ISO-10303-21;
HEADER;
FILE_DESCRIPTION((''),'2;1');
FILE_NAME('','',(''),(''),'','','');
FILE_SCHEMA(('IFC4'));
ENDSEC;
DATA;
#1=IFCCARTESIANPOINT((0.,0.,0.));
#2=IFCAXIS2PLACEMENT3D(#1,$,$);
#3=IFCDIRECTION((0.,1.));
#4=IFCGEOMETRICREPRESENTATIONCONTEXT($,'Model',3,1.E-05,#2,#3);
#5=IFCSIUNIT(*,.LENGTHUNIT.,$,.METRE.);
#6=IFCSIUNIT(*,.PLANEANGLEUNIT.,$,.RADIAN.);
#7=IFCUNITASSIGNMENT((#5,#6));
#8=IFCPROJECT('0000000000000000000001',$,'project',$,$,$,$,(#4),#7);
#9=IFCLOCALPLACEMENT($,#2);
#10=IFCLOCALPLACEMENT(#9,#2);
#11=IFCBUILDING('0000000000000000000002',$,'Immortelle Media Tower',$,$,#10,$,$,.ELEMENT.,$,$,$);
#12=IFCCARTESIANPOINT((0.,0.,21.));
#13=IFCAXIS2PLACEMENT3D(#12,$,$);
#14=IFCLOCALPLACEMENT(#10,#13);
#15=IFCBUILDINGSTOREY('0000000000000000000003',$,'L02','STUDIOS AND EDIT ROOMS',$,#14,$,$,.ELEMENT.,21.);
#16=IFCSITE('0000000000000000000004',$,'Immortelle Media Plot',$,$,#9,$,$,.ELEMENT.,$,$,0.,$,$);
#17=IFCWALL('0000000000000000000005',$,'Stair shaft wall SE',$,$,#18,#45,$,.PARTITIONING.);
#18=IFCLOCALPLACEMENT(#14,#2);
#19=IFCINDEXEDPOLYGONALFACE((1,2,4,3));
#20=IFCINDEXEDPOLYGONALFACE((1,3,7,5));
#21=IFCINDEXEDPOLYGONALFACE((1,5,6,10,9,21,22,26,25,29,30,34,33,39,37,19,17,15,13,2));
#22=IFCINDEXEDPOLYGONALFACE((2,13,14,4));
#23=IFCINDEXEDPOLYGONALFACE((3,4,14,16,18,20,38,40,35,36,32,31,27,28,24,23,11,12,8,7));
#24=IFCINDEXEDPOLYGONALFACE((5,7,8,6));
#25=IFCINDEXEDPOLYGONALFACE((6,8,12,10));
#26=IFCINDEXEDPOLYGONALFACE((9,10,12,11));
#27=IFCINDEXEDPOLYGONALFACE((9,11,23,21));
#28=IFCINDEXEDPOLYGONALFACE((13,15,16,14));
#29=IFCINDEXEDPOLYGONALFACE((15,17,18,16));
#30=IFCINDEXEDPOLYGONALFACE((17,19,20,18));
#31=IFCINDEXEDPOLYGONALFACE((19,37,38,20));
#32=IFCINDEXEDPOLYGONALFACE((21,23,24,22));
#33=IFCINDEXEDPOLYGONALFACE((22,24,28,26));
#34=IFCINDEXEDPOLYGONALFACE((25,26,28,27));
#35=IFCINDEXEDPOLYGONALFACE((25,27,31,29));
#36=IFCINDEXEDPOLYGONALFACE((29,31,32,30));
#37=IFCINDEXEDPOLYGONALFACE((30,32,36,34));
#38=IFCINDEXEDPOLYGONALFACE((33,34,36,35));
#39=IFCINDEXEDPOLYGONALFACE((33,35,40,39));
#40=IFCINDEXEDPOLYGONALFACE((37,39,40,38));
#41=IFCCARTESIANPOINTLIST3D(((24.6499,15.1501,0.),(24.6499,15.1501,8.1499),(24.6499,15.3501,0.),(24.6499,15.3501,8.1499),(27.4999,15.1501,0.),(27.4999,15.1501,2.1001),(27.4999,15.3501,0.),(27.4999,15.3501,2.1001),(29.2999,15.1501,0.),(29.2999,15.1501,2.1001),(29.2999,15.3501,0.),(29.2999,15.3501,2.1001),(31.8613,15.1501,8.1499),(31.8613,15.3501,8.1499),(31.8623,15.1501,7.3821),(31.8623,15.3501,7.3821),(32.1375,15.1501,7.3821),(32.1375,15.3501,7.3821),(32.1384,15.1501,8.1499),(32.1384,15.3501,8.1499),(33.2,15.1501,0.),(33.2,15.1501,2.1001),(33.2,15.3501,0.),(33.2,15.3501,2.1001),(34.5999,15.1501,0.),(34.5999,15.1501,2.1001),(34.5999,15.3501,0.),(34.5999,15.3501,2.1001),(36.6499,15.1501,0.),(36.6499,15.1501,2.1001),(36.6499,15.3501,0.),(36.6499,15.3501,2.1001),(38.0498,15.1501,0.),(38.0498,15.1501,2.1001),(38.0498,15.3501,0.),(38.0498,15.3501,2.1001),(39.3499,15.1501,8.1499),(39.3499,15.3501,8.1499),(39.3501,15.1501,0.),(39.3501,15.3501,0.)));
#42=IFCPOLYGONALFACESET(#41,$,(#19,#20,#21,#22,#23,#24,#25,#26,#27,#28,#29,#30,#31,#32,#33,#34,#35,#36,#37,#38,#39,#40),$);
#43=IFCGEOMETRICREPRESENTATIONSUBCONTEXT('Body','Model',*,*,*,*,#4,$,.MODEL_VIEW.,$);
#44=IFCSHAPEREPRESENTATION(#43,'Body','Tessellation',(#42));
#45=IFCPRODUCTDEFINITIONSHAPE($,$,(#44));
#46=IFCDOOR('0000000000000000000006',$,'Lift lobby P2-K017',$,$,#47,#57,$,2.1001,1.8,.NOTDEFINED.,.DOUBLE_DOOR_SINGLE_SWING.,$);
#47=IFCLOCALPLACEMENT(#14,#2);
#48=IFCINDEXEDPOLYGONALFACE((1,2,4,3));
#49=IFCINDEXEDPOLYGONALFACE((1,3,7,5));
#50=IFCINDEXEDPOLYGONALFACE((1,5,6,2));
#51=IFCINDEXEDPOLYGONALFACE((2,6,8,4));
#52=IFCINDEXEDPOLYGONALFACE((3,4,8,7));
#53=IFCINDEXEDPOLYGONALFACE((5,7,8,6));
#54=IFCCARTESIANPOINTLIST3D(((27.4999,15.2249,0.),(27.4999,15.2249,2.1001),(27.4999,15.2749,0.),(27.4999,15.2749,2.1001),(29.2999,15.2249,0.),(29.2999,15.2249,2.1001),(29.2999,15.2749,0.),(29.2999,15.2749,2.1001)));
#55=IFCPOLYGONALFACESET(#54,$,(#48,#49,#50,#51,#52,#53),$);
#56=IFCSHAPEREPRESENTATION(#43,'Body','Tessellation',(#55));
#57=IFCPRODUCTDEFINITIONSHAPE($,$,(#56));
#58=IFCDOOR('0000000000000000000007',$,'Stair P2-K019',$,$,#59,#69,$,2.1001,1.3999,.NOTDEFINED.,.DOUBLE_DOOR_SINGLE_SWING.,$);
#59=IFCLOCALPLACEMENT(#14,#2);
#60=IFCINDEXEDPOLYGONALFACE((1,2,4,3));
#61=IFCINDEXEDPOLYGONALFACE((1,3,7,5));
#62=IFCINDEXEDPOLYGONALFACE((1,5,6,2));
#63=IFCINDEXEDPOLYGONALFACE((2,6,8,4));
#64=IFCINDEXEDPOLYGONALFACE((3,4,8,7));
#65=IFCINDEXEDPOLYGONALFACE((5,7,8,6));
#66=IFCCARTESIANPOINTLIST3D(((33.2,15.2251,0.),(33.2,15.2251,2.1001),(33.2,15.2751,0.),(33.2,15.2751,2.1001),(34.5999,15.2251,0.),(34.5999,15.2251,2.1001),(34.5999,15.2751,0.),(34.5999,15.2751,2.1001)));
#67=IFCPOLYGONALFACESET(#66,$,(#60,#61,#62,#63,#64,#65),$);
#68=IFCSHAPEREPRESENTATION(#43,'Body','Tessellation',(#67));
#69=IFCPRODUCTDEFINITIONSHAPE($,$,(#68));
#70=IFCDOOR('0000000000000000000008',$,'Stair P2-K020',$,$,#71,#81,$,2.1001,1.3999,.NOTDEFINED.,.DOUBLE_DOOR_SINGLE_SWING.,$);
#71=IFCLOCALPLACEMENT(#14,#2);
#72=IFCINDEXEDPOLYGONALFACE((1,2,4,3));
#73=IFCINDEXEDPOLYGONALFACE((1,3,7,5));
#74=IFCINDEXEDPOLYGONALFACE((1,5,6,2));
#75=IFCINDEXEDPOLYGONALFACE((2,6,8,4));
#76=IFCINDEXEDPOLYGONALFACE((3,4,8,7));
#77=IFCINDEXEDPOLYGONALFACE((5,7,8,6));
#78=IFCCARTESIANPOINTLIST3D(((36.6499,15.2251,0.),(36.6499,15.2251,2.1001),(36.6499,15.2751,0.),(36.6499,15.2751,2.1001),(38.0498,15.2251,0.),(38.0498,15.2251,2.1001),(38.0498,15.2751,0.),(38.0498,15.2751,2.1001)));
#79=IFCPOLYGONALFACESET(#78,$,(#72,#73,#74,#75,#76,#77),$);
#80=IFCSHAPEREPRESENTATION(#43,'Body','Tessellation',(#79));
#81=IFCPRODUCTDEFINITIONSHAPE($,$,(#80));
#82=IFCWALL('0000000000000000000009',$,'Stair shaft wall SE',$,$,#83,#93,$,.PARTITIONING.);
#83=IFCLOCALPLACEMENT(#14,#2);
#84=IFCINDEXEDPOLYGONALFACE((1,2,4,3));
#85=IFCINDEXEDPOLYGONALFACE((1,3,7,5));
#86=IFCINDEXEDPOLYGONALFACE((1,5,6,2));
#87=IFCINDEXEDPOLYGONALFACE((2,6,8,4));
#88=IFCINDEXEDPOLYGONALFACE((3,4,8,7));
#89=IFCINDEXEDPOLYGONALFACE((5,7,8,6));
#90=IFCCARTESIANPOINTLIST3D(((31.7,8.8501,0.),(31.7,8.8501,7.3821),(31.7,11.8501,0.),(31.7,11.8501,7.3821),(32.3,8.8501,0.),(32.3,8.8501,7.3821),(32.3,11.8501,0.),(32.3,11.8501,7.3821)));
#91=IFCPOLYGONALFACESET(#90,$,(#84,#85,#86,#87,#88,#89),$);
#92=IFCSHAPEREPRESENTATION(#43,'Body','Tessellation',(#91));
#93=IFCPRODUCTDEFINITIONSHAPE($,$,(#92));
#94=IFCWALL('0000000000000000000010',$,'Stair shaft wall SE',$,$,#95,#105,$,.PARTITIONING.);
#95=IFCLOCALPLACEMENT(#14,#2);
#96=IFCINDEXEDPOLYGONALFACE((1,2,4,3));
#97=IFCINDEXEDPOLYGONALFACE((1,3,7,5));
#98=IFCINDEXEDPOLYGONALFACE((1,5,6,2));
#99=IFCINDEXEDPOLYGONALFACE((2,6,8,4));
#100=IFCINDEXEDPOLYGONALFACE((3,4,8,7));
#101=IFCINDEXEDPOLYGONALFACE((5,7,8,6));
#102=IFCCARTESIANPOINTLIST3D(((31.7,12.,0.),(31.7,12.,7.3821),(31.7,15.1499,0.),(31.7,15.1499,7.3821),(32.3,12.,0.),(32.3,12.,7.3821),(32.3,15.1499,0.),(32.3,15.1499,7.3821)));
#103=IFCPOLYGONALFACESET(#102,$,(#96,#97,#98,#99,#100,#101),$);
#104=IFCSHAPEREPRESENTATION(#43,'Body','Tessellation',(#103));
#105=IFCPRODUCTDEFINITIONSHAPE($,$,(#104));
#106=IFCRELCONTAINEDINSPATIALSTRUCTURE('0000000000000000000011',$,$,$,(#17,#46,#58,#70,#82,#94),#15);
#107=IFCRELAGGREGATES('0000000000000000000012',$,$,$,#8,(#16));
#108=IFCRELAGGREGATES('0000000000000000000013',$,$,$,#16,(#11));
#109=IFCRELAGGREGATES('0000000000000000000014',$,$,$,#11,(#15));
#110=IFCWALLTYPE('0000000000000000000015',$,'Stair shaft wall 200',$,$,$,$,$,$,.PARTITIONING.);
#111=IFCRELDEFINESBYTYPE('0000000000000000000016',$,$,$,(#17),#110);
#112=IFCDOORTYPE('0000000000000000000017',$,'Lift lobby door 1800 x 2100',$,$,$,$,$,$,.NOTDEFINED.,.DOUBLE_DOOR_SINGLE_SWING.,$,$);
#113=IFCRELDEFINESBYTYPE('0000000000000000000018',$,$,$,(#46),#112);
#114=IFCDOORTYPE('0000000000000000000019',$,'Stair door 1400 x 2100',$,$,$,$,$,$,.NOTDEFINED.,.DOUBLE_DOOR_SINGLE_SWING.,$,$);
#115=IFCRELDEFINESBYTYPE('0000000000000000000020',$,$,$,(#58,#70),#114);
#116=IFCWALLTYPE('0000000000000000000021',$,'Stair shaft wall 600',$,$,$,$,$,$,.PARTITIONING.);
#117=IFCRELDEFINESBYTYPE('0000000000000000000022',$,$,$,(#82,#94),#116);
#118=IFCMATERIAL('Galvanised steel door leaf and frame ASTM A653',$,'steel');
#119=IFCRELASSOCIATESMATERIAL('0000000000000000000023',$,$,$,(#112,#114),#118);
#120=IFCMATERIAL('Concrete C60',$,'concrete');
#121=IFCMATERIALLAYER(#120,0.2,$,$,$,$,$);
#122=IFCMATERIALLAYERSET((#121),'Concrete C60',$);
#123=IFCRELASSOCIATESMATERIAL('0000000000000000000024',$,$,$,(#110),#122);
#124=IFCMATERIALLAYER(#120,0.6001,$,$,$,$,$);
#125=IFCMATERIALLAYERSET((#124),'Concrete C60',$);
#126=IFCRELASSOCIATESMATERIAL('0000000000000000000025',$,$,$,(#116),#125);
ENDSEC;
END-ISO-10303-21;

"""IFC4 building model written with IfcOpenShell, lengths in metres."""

from ifc_helpers import new_model, si_unit, direction, frame, frame_2d, origin, place, context, subcontext, project, spatial, polyline, rectangle, outline, extrude, material, layer, layer_set, type_object, element, fill, save


model = new_model("IFC4")

# Units and contexts
model_context = context("Model", 3, precision=1e-05, world=origin(), true_north=direction((0.0, 1.0)))
body_context = subcontext(model_context, "Body", "Model", "MODEL_VIEW")
ifc_project = project(units=[si_unit("LENGTHUNIT", "METRE"), si_unit("PLANEANGLEUNIT", "RADIAN")], contexts=[model_context])

# Site, building, storey
site_placement = place(None, origin())
site = spatial("IfcSite", under=ifc_project, at=site_placement, Name="Immortelle Media Plot", CompositionType="ELEMENT", RefElevation=0.0)
building_placement = place(site_placement, origin())
building = spatial("IfcBuilding", under=site, at=building_placement, Name="Immortelle Media Tower", CompositionType="ELEMENT")
storey_placement = place(building_placement, frame((0.0, 0.0, 21.0)))
storey = spatial("IfcBuildingStorey", under=building, at=storey_placement, Name="L02", Description="STUDIOS AND EDIT ROOMS", CompositionType="ELEMENT", Elevation=21.0)

# Shared definitions
ifc_material_1 = material(Name="Galvanised steel door leaf and frame ASTM A653", Category="steel")
door_type_1 = type_object("IfcDoorType", Name="Lift lobby door 1800 x 2100", OperationType="DOUBLE_DOOR_SINGLE_SWING", PredefinedType="NOTDEFINED", material=ifc_material_1)

# Shared definitions
ifc_material_2 = material(Name="Concrete C60", Category="concrete")
ifc_layer_1 = layer(ifc_material_2, 0.2)
ifc_layer_set_1 = layer_set([ifc_layer_1], Name="Concrete C60")
wall_type_1 = type_object("IfcWallType", Name="Stair shaft wall 200", PredefinedType="PARTITIONING", material=ifc_layer_set_1)

# Wall, openings, doors
wall_1_placement = place(storey_placement, frame((24.6499, 15.25, 0.0), z_axis=(0.0, 0.0, 1.0), x_axis=(1.0, 0.0, 0.0)))
wall_1 = element("IfcWall", 1, at=wall_1_placement, inside=storey, type_object=wall_type_1, Name="Stair shaft wall SE", PredefinedType="PARTITIONING", context=body_context, shape_type="SweptSolid", body=[
    extrude(outline(polyline([(0.0, 0.0), (14.7002, 0.0), (14.7, 8.1499), (7.4885, 8.1499), (7.4875, 7.3821), (7.2124, 7.3821), (7.2114, 8.1499), (0.0, 8.1499), (0.0, 0.0)])), frame((0.0, 0.1001, 0.0), z_axis=(0.0, -1.0, 0.0), x_axis=(1.0, 0.0, 0.0)), (0.0, 0.0, 1.0), 0.2),
])
opening_1_placement = place(wall_1_placement, frame((2.8501, 0.0, 0.0)))
opening_1 = element("IfcOpeningElement", 2, at=opening_1_placement, cuts=wall_1, PredefinedType="OPENING", context=body_context, shape_type="SweptSolid", body=[
    extrude(rectangle(XDim=1.8, YDim=2.1001, at=frame_2d((0.8999, 1.05))), frame((0.0, 0.1099, 0.0), z_axis=(0.0, -1.0, 0.0), x_axis=(1.0, 0.0, 0.0)), (0.0, 0.0, 1.0), 0.22),
])
opening_2_placement = place(wall_1_placement, frame((9.95, 0.0, 0.0), z_axis=(0.0, 0.0, 1.0), x_axis=(-1.0, 0.0, 0.0)))
opening_2 = element("IfcOpeningElement", 3, at=opening_2_placement, cuts=wall_1, PredefinedType="OPENING", context=body_context, shape_type="SweptSolid", body=[
    extrude(rectangle(XDim=1.3999, YDim=2.1001, at=frame_2d((0.7, 1.05))), frame((0.0, 0.1099, 0.0), z_axis=(0.0, -1.0, 0.0), x_axis=(1.0, 0.0, 0.0)), (0.0, 0.0, 1.0), 0.22),
])
opening_3_placement = place(wall_1_placement, frame((13.3999, 0.0, 0.0), z_axis=(0.0, 0.0, 1.0), x_axis=(-1.0, 0.0, 0.0)))
opening_3 = element("IfcOpeningElement", 4, at=opening_3_placement, cuts=wall_1, PredefinedType="OPENING", context=body_context, shape_type="SweptSolid", body=[
    extrude(rectangle(XDim=1.3999, YDim=2.1001, at=frame_2d((0.7, 1.05))), frame((0.0, 0.1099, 0.0), z_axis=(0.0, -1.0, 0.0), x_axis=(1.0, 0.0, 0.0)), (0.0, 0.0, 1.0), 0.22),
])
door_1_placement = place(opening_1_placement, origin())
door_1 = element("IfcDoor", 5, at=door_1_placement, inside=storey, type_object=door_type_1, Name="Lift lobby P2-K017", OperationType="DOUBLE_DOOR_SINGLE_SWING", OverallHeight=2.1001, OverallWidth=1.8, PredefinedType="NOTDEFINED", context=body_context, shape_type="SweptSolid", body=[
    extrude(rectangle(XDim=1.8, YDim=2.1001, at=frame_2d((0.8999, 1.05))), frame((0.0, 0.0249, 0.0), z_axis=(0.0, -1.0, 0.0), x_axis=(1.0, 0.0, 0.0)), (0.0, 0.0, 1.0), 0.05),
])
fill(opening_1, door_1)
door_type_2 = type_object("IfcDoorType", Name="Stair door 1400 x 2100", OperationType="DOUBLE_DOOR_SINGLE_SWING", PredefinedType="NOTDEFINED", material=ifc_material_1)
door_2_placement = place(opening_2_placement, origin())
door_2 = element("IfcDoor", 6, at=door_2_placement, inside=storey, type_object=door_type_2, Name="Stair P2-K019", OperationType="DOUBLE_DOOR_SINGLE_SWING", OverallHeight=2.1001, OverallWidth=1.3999, PredefinedType="NOTDEFINED", context=body_context, shape_type="SweptSolid", body=[
    extrude(rectangle(XDim=1.3999, YDim=2.1001, at=frame_2d((0.7, 1.05))), frame((0.0, 0.0249, 0.0), z_axis=(0.0, -1.0, 0.0), x_axis=(1.0, 0.0, 0.0)), (0.0, 0.0, 1.0), 0.05),
])
fill(opening_2, door_2)
door_3_placement = place(opening_3_placement, origin())
door_3 = element("IfcDoor", 7, at=door_3_placement, inside=storey, type_object=door_type_2, Name="Stair P2-K020", OperationType="DOUBLE_DOOR_SINGLE_SWING", OverallHeight=2.1001, OverallWidth=1.3999, PredefinedType="NOTDEFINED", context=body_context, shape_type="SweptSolid", body=[
    extrude(rectangle(XDim=1.3999, YDim=2.1001, at=frame_2d((0.7, 1.05))), frame((0.0, 0.0249, 0.0), z_axis=(0.0, -1.0, 0.0), x_axis=(1.0, 0.0, 0.0)), (0.0, 0.0, 1.0), 0.05),
])
fill(opening_3, door_3)

# Walls
ifc_layer_2 = layer(ifc_material_2, 0.6001)
ifc_layer_set_2 = layer_set([ifc_layer_2], Name="Concrete C60")
wall_type_2 = type_object("IfcWallType", Name="Stair shaft wall 600", PredefinedType="PARTITIONING", material=ifc_layer_set_2)
wall_2_placement = place(storey_placement, frame((32.0, 8.8501, 0.0), z_axis=(0.0, 0.0, 1.0), x_axis=(0.0, 1.0, 0.0)))
element("IfcWall", 8, at=wall_2_placement, inside=storey, type_object=wall_type_2, Name="Stair shaft wall SE", PredefinedType="PARTITIONING", context=body_context, shape_type="SweptSolid", body=[
    extrude(rectangle(XDim=3.0, YDim=0.6001, at=frame_2d((1.5, 0.0))), origin(), (0.0, 0.0, 1.0), 7.3821),
])
wall_3_placement = place(storey_placement, frame((32.0, 12.0, 0.0), z_axis=(0.0, 0.0, 1.0), x_axis=(0.0, 1.0, 0.0)))
element("IfcWall", 9, at=wall_3_placement, inside=storey, type_object=wall_type_2, Name="Stair shaft wall SE", PredefinedType="PARTITIONING", context=body_context, shape_type="SweptSolid", body=[
    extrude(rectangle(XDim=3.1499, YDim=0.6001, at=frame_2d((1.575, 0.0))), origin(), (0.0, 0.0, 1.0), 7.3821),
])

save(model, "model.ifc")
